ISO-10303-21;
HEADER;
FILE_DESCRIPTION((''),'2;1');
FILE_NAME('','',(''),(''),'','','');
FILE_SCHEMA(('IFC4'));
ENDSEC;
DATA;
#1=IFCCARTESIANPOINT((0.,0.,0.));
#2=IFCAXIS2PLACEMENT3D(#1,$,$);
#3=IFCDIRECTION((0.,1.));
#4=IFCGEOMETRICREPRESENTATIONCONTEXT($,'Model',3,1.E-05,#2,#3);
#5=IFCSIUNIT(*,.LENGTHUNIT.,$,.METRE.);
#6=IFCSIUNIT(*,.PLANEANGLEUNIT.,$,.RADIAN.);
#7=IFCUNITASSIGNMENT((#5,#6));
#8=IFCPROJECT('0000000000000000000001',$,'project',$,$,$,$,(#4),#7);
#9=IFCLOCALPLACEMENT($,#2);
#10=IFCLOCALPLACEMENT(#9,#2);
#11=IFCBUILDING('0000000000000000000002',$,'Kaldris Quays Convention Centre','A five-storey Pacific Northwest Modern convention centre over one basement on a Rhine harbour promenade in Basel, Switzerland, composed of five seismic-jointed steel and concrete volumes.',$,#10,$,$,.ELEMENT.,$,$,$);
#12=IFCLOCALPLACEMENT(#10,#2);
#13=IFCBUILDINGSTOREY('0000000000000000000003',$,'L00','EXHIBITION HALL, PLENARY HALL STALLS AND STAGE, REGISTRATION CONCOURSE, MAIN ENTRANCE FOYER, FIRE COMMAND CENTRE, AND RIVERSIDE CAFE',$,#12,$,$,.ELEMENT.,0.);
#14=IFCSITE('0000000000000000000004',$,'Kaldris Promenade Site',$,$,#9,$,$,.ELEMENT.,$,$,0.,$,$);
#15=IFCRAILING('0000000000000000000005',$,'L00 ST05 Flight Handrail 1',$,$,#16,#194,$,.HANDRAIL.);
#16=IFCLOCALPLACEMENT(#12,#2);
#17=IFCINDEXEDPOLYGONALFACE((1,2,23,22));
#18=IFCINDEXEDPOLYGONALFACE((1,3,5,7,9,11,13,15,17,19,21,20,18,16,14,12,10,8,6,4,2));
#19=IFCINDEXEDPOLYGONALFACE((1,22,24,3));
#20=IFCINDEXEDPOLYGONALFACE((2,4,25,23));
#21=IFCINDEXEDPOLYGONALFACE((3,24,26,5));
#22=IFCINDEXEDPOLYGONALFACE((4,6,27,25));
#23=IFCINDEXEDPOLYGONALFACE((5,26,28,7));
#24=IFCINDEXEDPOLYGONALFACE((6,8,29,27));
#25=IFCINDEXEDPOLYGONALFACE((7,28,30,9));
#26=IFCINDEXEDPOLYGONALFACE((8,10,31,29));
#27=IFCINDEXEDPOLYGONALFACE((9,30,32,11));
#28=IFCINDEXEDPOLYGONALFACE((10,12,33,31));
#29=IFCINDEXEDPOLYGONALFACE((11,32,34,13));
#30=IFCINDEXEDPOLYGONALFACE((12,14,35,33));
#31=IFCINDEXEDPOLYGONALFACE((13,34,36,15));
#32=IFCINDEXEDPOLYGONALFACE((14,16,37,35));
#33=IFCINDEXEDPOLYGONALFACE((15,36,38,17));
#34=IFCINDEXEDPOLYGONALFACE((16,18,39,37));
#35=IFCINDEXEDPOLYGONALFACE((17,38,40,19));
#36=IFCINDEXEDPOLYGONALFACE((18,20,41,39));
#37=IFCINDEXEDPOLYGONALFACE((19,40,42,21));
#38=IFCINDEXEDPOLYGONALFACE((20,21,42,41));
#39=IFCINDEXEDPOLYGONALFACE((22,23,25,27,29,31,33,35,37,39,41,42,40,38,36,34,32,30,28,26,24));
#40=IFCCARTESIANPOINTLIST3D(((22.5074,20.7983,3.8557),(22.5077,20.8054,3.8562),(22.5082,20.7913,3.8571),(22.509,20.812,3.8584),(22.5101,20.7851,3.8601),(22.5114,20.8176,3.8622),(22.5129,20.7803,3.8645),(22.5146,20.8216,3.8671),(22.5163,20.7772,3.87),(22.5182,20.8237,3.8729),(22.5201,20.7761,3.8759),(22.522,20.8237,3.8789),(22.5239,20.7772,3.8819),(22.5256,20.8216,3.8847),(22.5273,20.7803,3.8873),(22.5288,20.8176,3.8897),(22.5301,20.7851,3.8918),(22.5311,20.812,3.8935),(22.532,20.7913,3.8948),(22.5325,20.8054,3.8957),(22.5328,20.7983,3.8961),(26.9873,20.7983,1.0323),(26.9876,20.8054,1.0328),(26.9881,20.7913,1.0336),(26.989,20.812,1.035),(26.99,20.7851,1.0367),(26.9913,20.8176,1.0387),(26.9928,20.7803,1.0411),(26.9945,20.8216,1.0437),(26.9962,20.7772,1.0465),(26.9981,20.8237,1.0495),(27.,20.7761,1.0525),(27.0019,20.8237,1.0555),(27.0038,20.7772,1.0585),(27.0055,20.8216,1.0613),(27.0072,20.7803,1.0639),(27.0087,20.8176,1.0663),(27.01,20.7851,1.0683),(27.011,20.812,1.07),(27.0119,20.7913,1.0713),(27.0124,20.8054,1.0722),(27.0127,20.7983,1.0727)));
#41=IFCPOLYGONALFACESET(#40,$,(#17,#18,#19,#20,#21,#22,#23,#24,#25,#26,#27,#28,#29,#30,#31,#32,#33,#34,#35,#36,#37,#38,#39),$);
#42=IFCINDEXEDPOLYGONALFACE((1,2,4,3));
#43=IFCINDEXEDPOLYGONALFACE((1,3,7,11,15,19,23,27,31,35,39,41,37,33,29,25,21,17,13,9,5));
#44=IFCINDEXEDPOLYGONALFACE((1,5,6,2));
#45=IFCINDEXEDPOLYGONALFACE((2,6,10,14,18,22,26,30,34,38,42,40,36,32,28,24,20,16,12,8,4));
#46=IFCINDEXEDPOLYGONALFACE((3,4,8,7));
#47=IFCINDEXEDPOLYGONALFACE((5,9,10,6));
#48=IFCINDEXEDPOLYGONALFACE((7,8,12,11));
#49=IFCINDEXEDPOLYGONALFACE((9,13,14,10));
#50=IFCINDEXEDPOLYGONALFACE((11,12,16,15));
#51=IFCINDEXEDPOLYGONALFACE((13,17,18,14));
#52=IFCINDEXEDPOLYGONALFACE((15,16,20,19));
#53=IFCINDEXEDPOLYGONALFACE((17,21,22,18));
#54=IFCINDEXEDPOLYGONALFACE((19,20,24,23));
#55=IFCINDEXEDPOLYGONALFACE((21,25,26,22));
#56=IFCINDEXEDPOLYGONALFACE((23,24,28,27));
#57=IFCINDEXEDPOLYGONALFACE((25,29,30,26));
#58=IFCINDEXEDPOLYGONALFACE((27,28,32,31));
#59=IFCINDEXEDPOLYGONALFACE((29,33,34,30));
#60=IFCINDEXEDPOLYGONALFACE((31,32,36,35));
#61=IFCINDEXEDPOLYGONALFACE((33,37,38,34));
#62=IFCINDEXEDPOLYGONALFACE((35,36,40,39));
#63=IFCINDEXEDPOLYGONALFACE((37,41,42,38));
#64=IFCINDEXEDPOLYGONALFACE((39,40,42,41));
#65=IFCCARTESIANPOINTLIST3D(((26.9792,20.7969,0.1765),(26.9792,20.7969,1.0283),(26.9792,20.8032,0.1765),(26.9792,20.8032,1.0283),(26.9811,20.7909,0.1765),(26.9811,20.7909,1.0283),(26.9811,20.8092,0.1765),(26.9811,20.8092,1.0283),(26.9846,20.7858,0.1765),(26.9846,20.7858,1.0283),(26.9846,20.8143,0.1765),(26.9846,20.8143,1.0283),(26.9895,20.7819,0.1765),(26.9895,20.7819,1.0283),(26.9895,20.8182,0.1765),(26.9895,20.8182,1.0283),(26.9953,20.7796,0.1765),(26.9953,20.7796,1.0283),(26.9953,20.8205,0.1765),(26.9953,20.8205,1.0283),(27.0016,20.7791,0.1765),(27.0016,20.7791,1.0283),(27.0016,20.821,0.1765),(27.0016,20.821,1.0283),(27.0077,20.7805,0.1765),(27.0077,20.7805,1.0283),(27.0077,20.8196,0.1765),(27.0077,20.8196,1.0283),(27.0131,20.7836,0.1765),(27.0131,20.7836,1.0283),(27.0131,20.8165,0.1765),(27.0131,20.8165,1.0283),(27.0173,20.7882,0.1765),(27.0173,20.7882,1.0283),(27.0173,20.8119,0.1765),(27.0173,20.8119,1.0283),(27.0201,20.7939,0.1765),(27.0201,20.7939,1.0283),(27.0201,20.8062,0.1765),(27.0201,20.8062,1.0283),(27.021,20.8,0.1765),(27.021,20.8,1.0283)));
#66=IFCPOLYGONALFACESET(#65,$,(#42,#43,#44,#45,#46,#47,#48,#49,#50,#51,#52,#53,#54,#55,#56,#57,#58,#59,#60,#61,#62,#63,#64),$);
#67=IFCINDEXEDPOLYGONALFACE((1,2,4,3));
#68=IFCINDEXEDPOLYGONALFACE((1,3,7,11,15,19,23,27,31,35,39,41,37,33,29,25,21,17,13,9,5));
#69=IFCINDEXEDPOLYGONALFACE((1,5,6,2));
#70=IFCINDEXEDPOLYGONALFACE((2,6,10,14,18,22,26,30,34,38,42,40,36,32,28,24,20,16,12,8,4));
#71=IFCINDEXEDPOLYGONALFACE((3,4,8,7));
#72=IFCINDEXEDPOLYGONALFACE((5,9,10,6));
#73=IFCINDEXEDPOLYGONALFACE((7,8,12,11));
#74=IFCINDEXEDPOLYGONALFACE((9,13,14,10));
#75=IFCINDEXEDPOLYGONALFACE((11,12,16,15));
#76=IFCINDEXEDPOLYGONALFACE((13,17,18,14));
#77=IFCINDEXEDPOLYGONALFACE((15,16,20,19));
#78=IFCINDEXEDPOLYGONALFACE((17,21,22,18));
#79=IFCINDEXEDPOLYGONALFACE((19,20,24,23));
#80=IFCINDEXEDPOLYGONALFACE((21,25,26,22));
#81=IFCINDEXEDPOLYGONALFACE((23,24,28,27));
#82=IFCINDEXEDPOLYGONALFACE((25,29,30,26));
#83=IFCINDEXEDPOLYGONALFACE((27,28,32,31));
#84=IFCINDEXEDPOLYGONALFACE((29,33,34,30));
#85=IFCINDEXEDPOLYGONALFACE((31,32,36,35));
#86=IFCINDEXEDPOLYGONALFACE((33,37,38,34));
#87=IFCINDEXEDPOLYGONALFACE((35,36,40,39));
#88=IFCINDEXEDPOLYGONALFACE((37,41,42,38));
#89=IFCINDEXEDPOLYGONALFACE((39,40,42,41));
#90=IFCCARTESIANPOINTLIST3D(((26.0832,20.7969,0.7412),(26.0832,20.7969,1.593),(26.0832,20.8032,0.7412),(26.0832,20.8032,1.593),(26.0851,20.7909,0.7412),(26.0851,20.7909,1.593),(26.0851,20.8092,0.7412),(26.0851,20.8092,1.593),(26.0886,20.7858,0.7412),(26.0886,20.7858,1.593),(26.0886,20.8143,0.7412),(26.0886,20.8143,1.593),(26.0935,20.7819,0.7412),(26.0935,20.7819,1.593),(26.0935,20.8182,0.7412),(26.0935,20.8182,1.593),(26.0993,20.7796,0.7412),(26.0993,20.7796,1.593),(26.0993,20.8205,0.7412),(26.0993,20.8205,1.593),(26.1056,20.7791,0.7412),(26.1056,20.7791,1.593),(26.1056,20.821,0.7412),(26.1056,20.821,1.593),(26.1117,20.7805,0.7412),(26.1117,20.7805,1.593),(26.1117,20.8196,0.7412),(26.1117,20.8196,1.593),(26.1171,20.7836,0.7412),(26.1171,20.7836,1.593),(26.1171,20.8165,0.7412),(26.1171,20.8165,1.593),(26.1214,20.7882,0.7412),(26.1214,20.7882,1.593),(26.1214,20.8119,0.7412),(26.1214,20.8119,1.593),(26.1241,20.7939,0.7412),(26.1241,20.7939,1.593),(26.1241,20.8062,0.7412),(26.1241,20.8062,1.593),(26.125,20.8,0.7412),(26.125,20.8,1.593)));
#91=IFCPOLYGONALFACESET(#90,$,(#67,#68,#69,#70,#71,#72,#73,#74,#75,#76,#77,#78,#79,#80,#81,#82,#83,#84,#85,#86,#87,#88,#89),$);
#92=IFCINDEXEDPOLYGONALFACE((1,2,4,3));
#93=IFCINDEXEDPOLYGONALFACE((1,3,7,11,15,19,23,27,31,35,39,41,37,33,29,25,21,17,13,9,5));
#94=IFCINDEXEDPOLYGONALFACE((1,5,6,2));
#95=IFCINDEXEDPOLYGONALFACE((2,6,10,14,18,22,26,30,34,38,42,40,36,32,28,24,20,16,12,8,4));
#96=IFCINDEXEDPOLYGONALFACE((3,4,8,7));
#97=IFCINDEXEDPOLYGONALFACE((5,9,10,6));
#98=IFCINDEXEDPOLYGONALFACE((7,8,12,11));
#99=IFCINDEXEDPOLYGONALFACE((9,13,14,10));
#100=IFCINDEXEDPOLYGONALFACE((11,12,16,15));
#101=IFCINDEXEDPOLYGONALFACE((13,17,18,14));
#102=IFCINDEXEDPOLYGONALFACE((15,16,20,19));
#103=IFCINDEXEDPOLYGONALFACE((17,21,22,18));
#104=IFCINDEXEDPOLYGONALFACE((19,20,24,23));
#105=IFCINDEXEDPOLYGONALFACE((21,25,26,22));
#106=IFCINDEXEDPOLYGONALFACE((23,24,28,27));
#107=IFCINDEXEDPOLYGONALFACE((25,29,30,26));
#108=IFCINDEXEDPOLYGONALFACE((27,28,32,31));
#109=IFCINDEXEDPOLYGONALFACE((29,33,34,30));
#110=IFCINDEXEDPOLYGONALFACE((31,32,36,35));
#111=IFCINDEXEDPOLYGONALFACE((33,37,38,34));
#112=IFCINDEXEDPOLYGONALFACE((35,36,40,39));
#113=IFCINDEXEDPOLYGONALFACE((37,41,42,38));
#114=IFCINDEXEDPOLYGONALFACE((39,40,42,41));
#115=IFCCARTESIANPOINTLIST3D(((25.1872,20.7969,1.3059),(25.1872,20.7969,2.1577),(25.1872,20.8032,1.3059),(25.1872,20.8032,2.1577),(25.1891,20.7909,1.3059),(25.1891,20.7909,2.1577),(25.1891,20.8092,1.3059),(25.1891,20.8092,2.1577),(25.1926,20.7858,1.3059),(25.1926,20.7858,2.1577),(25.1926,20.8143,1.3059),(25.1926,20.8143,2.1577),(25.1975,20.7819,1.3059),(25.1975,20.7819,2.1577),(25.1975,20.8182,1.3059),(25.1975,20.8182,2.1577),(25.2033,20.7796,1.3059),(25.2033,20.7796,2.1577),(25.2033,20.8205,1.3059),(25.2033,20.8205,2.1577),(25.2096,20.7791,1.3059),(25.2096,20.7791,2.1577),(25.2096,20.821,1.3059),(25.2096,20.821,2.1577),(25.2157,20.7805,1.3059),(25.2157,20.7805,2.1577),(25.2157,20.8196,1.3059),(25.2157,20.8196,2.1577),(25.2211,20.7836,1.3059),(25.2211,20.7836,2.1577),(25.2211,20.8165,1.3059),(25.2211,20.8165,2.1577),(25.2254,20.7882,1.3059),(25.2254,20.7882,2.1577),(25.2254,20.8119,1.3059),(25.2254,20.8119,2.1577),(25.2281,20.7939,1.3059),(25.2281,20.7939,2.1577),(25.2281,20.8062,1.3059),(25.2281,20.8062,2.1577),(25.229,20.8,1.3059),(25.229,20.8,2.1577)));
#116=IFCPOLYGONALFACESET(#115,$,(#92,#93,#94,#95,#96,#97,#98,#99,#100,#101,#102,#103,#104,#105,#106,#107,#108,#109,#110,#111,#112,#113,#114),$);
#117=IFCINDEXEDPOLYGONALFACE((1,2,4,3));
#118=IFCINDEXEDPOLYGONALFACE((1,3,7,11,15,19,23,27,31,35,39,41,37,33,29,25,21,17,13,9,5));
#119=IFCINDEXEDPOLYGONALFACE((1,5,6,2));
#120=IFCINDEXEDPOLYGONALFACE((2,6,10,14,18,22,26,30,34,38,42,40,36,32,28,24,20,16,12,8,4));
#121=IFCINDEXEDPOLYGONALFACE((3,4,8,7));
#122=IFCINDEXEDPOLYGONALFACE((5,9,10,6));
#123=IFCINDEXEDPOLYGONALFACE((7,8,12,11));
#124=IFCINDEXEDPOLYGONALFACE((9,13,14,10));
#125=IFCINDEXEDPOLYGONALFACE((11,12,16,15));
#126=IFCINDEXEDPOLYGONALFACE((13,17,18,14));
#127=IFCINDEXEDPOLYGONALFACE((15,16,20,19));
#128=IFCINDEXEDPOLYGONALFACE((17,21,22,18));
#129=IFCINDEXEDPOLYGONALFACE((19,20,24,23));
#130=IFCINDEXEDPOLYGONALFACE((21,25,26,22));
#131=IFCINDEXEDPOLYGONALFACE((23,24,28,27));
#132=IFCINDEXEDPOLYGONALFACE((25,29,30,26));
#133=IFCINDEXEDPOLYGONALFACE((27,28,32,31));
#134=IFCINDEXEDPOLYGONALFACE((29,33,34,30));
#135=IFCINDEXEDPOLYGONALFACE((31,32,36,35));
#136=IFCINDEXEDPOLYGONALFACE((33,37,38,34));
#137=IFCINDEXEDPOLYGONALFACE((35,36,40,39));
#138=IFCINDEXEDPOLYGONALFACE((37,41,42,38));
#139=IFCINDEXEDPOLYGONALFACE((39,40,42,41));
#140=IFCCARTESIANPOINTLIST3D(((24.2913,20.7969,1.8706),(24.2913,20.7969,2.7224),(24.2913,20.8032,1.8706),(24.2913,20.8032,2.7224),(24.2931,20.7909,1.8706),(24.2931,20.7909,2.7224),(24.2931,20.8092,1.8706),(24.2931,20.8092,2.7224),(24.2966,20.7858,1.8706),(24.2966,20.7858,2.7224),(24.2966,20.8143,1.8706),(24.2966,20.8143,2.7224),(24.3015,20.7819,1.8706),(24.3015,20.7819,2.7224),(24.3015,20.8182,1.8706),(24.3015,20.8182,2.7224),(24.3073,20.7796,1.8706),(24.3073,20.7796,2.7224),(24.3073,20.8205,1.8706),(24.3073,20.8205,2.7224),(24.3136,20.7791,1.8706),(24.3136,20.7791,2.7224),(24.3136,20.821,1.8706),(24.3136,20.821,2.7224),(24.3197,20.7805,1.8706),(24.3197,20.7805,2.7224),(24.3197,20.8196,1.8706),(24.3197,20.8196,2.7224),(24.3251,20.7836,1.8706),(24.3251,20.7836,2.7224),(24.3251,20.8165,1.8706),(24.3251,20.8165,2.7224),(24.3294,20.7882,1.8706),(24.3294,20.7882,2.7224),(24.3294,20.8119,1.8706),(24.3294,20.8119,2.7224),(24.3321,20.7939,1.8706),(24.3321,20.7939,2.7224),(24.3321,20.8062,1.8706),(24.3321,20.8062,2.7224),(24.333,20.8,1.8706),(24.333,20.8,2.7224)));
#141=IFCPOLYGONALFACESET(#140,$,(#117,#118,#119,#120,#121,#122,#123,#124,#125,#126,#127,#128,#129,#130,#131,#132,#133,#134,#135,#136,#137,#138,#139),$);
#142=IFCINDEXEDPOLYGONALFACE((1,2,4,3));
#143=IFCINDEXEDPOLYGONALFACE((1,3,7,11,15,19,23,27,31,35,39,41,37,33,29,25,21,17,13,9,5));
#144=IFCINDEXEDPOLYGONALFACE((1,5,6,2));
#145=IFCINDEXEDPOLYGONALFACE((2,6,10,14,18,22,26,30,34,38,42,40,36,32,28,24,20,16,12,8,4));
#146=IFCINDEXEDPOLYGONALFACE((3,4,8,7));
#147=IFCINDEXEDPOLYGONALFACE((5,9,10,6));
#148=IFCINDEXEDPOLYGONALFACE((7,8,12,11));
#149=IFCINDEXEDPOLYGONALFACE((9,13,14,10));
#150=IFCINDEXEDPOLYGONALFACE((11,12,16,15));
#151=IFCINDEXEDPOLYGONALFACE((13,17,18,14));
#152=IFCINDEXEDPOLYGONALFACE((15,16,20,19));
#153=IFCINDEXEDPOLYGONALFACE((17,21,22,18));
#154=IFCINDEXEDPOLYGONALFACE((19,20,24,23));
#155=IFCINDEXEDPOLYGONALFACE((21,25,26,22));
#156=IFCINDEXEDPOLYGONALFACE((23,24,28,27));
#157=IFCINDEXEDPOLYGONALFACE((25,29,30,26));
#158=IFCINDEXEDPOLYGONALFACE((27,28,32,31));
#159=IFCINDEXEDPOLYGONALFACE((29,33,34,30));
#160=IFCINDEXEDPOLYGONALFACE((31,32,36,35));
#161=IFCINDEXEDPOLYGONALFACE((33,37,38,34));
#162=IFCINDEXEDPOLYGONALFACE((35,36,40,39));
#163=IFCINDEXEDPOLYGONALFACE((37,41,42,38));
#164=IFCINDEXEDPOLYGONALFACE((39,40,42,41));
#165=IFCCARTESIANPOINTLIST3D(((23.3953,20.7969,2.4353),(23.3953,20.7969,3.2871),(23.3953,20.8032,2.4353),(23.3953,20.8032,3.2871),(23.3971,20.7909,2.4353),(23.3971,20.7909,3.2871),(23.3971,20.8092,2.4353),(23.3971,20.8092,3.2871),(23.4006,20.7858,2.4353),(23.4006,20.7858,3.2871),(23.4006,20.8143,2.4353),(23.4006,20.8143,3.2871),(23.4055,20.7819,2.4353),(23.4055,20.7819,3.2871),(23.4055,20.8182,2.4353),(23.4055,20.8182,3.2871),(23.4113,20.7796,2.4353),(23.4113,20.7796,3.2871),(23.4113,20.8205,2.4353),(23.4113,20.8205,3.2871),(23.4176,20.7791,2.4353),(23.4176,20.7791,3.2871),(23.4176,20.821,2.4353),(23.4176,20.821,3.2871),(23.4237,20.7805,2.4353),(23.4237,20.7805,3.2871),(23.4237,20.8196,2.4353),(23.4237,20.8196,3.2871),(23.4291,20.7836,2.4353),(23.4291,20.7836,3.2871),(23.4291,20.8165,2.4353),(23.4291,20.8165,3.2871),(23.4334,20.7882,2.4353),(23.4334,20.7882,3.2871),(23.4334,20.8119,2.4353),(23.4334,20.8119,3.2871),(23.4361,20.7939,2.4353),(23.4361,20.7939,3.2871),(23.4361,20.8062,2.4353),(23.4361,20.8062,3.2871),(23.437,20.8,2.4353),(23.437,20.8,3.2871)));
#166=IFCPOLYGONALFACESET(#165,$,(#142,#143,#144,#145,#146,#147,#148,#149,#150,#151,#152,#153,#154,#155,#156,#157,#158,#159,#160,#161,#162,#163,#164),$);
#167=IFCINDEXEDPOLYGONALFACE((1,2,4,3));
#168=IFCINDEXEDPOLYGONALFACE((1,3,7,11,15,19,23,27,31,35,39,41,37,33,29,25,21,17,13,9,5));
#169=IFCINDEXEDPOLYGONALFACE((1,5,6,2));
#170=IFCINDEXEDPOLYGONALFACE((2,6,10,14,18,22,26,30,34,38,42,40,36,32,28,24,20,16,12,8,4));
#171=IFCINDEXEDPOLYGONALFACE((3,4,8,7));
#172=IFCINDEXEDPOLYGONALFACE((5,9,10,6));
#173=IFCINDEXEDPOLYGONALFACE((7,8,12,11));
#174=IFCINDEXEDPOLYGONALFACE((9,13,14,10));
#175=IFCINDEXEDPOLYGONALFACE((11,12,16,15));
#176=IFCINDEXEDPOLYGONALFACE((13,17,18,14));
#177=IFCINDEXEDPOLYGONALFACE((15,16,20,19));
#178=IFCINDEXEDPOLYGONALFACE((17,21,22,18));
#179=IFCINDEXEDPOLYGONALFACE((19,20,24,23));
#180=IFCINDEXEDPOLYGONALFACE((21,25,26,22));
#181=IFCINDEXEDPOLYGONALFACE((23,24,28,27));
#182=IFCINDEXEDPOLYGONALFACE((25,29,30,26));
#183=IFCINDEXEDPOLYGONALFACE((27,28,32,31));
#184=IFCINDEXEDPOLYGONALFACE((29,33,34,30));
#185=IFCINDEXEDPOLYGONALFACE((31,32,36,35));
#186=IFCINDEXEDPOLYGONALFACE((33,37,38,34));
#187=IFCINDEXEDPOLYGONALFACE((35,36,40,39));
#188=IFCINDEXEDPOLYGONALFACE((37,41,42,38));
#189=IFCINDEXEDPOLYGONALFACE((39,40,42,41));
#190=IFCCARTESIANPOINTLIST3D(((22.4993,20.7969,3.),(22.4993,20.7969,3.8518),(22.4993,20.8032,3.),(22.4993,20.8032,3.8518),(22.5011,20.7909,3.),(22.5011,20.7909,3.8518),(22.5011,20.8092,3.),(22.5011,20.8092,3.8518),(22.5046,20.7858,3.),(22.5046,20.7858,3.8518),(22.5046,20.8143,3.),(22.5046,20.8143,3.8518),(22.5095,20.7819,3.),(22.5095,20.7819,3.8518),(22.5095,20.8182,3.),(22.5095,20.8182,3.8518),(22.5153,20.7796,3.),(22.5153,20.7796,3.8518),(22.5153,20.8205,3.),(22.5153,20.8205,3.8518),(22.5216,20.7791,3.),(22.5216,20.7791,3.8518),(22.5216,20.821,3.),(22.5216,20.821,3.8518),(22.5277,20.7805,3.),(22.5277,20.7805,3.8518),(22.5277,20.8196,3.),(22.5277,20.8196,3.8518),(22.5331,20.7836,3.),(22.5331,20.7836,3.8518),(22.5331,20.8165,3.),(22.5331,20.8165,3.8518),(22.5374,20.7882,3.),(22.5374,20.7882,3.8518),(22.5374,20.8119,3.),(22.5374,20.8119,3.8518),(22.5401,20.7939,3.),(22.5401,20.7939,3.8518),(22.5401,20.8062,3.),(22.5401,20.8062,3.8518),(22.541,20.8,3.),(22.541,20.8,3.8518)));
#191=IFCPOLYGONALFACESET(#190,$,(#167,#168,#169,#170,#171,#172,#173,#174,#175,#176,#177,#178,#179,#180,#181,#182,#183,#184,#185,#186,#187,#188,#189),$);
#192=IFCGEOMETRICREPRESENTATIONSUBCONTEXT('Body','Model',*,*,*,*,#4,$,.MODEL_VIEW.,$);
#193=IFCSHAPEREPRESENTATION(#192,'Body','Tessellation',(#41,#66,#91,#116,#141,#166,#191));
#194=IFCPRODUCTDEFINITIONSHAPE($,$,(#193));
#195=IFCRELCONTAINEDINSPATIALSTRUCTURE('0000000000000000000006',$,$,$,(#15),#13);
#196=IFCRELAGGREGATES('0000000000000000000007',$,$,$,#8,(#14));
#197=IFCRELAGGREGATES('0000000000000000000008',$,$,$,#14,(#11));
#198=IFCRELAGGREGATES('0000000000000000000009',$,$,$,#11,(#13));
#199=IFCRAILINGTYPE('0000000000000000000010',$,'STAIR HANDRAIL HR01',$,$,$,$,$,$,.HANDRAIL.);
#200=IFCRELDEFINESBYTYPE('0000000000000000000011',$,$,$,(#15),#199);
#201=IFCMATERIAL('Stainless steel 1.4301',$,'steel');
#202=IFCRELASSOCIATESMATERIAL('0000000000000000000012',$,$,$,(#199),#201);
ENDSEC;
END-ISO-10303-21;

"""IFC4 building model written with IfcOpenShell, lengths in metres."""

from ifc_helpers import new_model, si_unit, direction, frame, origin, origin_2d, place, context, subcontext, project, spatial, circle, extrude, material, type_object, element, save


model = new_model("IFC4")

# Units and contexts
model_context = context("Model", 3, precision=1e-05, world=origin(), true_north=direction((0.0, 1.0)))
body_context = subcontext(model_context, "Body", "Model", "MODEL_VIEW")
ifc_project = project(units=[si_unit("LENGTHUNIT", "METRE"), si_unit("PLANEANGLEUNIT", "RADIAN")], contexts=[model_context])

# Site, building, storey
site_placement = place(None, origin())
site = spatial("IfcSite", under=ifc_project, at=site_placement, Name="Kaldris Promenade Site", CompositionType="ELEMENT", RefElevation=0.0)
building_placement = place(site_placement, origin())
building = spatial("IfcBuilding", under=site, at=building_placement, Name="Kaldris Quays Convention Centre", Description="A five-storey Pacific Northwest Modern convention centre over one basement on a Rhine harbour promenade in Basel, Switzerland, composed of five seismic-jointed steel and concrete volumes.", CompositionType="ELEMENT")
storey_placement = place(building_placement, origin())
storey = spatial("IfcBuildingStorey", under=building, at=storey_placement, Name="L00", Description="EXHIBITION HALL, PLENARY HALL STALLS AND STAGE, REGISTRATION CONCOURSE, MAIN ENTRANCE FOYER, FIRE COMMAND CENTRE, AND RIVERSIDE CAFE", CompositionType="ELEMENT", Elevation=0.0)

# Railing
ifc_material_1 = material(Name="Stainless steel 1.4301", Category="steel")
railing_type_1 = type_object("IfcRailingType", Name="STAIR HANDRAIL HR01", PredefinedType="HANDRAIL", material=ifc_material_1)
railing_1_placement = place(storey_placement, frame((27.0, 20.8, 0.1765)))
element("IfcRailing", 1, at=railing_1_placement, inside=storey, type_object=railing_type_1, Name="L00 ST05 Flight Handrail 1", PredefinedType="HANDRAIL", context=body_context, shape_type="SweptSolid", body=[
    extrude(circle(Radius=0.0239, at=origin_2d()), frame((0.0, 0.0, 0.876), z_axis=(-0.845998, 0.0, 0.533186), x_axis=(0.0, -1.0, 0.0)), (0.0, 0.0, 1.0), 5.2954),
    extrude(circle(Radius=0.021, at=origin_2d()), origin(), (0.0, 0.0, 1.0), 0.8518),
    extrude(circle(Radius=0.021, at=origin_2d()), frame((-0.896, 0.0, 0.5647)), (0.0, 0.0, 1.0), 0.8518),
    extrude(circle(Radius=0.021, at=origin_2d()), frame((-1.792, 0.0, 1.1294)), (0.0, 0.0, 1.0), 0.8518),
    extrude(circle(Radius=0.021, at=origin_2d()), frame((-2.688, 0.0, 1.6941)), (0.0, 0.0, 1.0), 0.8518),
    extrude(circle(Radius=0.021, at=origin_2d()), frame((-3.584, 0.0, 2.2588)), (0.0, 0.0, 1.0), 0.8518),
    extrude(circle(Radius=0.021, at=origin_2d()), frame((-4.48, 0.0, 2.8235)), (0.0, 0.0, 1.0), 0.8518),
])

save(model, "model.ifc")
